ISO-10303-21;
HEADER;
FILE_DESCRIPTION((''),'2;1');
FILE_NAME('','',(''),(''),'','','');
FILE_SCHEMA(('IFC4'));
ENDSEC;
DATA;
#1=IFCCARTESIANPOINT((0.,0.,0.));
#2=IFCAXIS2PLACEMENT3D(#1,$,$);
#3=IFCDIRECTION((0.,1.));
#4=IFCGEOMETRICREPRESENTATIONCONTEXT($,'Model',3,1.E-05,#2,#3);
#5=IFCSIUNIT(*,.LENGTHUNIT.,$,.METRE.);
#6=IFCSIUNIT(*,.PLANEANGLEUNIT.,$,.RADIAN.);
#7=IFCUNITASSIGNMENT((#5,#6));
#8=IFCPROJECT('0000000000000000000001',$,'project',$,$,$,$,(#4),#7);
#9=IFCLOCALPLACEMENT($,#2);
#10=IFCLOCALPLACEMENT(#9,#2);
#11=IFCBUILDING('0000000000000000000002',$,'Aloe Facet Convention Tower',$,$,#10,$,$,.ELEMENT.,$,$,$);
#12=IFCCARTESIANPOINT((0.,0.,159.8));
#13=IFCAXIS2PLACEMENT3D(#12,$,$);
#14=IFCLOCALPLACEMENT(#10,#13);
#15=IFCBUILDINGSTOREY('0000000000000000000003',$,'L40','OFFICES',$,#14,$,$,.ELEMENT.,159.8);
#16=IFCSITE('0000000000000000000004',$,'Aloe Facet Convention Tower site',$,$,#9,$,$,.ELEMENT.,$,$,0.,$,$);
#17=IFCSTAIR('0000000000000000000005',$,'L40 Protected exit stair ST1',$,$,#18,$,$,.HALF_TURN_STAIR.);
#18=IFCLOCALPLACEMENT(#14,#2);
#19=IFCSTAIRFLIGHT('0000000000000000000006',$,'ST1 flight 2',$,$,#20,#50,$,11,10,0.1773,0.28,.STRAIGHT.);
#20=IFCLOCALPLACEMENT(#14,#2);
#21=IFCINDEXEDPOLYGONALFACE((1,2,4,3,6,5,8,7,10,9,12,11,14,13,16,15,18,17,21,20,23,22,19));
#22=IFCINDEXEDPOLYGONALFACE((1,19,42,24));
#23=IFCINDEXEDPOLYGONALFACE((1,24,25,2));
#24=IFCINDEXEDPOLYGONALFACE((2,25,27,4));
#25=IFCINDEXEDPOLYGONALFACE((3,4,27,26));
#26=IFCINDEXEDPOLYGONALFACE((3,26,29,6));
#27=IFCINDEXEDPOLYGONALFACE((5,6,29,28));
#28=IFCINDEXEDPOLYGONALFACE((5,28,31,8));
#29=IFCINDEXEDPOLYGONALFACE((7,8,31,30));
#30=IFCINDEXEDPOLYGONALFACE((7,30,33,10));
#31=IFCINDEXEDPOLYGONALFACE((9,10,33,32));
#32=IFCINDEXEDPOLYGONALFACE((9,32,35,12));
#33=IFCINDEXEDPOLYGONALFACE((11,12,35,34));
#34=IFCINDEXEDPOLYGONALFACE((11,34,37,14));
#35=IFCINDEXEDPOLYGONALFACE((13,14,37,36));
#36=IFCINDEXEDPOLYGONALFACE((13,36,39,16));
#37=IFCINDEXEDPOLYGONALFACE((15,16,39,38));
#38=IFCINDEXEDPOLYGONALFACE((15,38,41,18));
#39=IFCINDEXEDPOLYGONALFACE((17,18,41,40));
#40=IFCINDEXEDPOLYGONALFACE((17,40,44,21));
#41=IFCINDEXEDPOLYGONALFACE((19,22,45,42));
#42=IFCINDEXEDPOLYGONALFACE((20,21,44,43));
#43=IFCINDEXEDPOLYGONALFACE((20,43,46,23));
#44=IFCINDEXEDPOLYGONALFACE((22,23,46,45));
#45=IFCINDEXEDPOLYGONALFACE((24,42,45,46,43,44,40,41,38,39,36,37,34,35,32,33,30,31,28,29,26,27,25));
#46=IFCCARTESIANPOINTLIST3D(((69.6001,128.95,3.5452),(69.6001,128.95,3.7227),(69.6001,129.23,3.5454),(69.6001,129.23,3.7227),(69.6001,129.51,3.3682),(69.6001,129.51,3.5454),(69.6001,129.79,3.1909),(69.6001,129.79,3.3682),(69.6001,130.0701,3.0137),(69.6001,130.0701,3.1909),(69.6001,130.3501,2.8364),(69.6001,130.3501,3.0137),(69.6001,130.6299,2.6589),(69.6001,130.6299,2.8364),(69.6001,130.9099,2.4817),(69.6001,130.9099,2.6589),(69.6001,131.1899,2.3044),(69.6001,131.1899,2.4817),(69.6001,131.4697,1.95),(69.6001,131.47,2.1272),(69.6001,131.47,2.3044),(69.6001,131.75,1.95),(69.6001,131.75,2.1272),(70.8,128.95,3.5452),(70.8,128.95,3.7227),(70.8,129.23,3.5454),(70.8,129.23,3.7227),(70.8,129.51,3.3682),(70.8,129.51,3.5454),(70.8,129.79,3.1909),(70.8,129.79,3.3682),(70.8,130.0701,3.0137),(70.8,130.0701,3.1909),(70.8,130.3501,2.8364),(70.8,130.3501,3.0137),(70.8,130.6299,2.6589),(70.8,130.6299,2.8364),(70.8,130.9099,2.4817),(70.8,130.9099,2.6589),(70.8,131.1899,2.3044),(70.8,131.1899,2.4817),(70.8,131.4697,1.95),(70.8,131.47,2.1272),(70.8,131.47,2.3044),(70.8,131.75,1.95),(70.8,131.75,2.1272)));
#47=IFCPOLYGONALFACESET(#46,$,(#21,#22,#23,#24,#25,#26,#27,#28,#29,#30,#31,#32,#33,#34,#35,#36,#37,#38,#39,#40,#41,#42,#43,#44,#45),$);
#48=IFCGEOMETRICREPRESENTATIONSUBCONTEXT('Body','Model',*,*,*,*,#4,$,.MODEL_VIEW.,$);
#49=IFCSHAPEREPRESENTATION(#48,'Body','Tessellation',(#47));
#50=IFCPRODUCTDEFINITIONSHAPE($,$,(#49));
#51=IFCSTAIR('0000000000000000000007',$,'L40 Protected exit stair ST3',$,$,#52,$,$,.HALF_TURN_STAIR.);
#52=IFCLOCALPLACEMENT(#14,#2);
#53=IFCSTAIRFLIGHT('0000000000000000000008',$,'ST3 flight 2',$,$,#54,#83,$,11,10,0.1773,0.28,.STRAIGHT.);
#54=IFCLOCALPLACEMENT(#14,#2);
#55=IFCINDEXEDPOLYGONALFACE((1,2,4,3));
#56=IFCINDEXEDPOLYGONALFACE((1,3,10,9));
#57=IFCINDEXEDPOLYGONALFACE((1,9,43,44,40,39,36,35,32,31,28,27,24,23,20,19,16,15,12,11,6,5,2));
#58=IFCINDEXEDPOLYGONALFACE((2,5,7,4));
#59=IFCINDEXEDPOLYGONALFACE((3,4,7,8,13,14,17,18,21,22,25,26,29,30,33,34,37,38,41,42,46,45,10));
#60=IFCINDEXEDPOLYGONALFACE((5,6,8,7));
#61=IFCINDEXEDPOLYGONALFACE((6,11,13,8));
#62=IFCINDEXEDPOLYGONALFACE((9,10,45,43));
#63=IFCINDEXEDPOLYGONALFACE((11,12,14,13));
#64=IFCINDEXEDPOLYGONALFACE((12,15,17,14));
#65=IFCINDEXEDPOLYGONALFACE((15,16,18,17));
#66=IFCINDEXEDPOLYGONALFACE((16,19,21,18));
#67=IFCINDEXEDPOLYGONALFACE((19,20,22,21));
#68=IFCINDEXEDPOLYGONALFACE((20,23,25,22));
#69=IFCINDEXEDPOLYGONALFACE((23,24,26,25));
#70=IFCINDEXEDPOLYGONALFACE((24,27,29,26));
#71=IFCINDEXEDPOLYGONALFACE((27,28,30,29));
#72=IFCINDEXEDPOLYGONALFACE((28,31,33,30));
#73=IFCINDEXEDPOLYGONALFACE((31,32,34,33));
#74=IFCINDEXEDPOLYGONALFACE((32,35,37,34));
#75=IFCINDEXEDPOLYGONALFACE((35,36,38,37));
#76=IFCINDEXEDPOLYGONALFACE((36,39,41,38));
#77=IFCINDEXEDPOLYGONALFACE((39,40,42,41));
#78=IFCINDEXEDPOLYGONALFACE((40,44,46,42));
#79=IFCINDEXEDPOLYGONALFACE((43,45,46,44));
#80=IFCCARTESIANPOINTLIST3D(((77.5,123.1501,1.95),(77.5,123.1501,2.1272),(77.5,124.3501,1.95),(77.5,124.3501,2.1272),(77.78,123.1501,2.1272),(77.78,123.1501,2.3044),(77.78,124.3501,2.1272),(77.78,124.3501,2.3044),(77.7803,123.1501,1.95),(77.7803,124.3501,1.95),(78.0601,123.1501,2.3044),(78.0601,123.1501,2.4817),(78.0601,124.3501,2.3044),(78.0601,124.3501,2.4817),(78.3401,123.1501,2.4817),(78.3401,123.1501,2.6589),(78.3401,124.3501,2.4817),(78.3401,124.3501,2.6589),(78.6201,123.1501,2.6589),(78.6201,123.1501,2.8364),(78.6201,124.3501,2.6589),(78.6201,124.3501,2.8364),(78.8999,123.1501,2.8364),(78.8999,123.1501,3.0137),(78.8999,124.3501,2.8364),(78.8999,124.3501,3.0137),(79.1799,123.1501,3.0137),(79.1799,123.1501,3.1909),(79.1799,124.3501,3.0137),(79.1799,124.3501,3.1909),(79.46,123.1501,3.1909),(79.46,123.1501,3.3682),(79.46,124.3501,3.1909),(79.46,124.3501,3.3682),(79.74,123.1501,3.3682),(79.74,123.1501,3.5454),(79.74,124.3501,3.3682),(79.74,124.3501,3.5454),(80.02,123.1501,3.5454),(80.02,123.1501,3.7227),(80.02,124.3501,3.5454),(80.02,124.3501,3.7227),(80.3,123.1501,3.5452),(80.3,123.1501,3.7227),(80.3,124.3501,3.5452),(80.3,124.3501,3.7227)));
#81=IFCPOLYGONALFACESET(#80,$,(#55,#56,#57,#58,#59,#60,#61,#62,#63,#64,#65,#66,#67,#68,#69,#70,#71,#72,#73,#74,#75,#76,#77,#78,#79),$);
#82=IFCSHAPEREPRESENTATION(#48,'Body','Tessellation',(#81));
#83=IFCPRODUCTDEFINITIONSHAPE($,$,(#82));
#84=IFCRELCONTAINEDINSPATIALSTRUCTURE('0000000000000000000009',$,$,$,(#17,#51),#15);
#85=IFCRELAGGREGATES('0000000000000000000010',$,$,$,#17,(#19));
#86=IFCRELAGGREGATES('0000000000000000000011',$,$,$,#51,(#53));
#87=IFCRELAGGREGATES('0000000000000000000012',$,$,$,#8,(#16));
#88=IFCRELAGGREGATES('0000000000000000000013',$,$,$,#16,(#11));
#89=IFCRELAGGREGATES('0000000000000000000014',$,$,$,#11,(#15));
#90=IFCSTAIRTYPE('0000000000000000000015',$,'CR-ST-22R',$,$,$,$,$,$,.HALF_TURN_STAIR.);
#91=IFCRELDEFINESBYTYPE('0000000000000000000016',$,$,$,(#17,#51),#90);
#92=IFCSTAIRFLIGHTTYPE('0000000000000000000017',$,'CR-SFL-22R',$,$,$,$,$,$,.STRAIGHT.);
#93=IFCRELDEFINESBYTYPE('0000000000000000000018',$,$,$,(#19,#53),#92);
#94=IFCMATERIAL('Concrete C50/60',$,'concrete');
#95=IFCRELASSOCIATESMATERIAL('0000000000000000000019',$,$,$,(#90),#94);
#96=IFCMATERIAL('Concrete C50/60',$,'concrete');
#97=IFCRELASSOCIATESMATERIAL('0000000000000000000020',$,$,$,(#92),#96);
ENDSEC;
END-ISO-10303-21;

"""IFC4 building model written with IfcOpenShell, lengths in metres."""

from ifc_helpers import new_model, si_unit, direction, frame, origin, place, context, subcontext, project, spatial, polyline, outline, extrude, material, type_object, element, aggregate, save


model = new_model("IFC4")

# Units and contexts
model_context = context("Model", 3, precision=1e-05, world=origin(), true_north=direction((0.0, 1.0)))
body_context = subcontext(model_context, "Body", "Model", "MODEL_VIEW")
ifc_project = project(units=[si_unit("LENGTHUNIT", "METRE"), si_unit("PLANEANGLEUNIT", "RADIAN")], contexts=[model_context])

# Site, building, storey
site_placement = place(None, origin())
site = spatial("IfcSite", under=ifc_project, at=site_placement, Name="Aloe Facet Convention Tower site", CompositionType="ELEMENT", RefElevation=0.0)
building_placement = place(site_placement, origin())
building = spatial("IfcBuilding", under=site, at=building_placement, Name="Aloe Facet Convention Tower", CompositionType="ELEMENT")
storey_placement = place(building_placement, frame((0.0, 0.0, 159.8)))
storey = spatial("IfcBuildingStorey", under=building, at=storey_placement, Name="L40", Description="OFFICES", CompositionType="ELEMENT", Elevation=159.8)

# Stair, stair flight
ifc_material_1 = material(Name="Concrete C50/60", Category="concrete")
stair_type = type_object("IfcStairType", Name="CR-ST-22R", PredefinedType="HALF_TURN_STAIR", material=ifc_material_1)
stair_1_placement = place(storey_placement, origin())
stair_1 = element("IfcStair", 1, at=stair_1_placement, inside=storey, type_object=stair_type, Name="L40 Protected exit stair ST1", PredefinedType="HALF_TURN_STAIR")
ifc_material_2 = material(Name="Concrete C50/60", Category="concrete")
stair_flight_type = type_object("IfcStairFlightType", Name="CR-SFL-22R", PredefinedType="STRAIGHT", material=ifc_material_2)
stair_flight_1_placement = place(storey_placement, frame((70.2, 131.75, 1.95), z_axis=(0.0, 0.0, 1.0), x_axis=(0.0, -1.0, 0.0)))
stair_flight_1 = element("IfcStairFlight", 2, at=stair_flight_1_placement, type_object=stair_flight_type, Name="ST1 flight 2", NumberOfRisers=11, NumberOfTreads=10, PredefinedType="STRAIGHT", RiserHeight=0.1773, TreadLength=0.28, context=body_context, shape_type="SweptSolid", body=[
    extrude(outline(polyline([(0.0, 0.0), (0.0, 0.1772), (0.28, 0.1772), (0.28, 0.3545), (0.5601, 0.3545), (0.5601, 0.5317), (0.8401, 0.5317), (0.8401, 0.709), (1.1201, 0.709), (1.1201, 0.8865), (1.3999, 0.8865), (1.3999, 1.0637), (1.6799, 1.0637), (1.6799, 1.241), (1.96, 1.241), (1.96, 1.4182), (2.24, 1.4182), (2.24, 1.5955), (2.52, 1.5955), (2.52, 1.7727), (2.8, 1.7727), (2.8, 1.95), (2.8, 1.5952), (0.2803, 0.0), (0.0, 0.0)])), frame((0.0, 0.6001, 0.0), z_axis=(0.0, -1.0, 0.0), x_axis=(1.0, 0.0, 0.0)), (0.0, 0.0, 1.0), 1.2),
])
aggregate(stair_1, [stair_flight_1])

# Stair, stair flight
stair_2_placement = place(storey_placement, origin())
stair_2 = element("IfcStair", 3, at=stair_2_placement, inside=storey, type_object=stair_type, Name="L40 Protected exit stair ST3", PredefinedType="HALF_TURN_STAIR")
stair_flight_2_placement = place(storey_placement, frame((77.5, 123.75, 1.95), z_axis=(0.0, 0.0, 1.0), x_axis=(1.0, 0.0, 0.0)))
stair_flight_2 = element("IfcStairFlight", 4, at=stair_flight_2_placement, type_object=stair_flight_type, Name="ST3 flight 2", NumberOfRisers=11, NumberOfTreads=10, PredefinedType="STRAIGHT", RiserHeight=0.1773, TreadLength=0.28, context=body_context, shape_type="SweptSolid", body=[
    extrude(outline(polyline([(0.0, 0.0), (0.0, 0.1772), (0.28, 0.1772), (0.28, 0.3545), (0.5601, 0.3545), (0.5601, 0.5317), (0.8401, 0.5317), (0.8401, 0.709), (1.1201, 0.709), (1.1201, 0.8865), (1.3999, 0.8865), (1.3999, 1.0637), (1.6799, 1.0637), (1.6799, 1.241), (1.96, 1.241), (1.96, 1.4182), (2.24, 1.4182), (2.24, 1.5955), (2.52, 1.5955), (2.52, 1.7727), (2.8, 1.7727), (2.8, 1.95), (2.8, 1.5952), (0.2803, 0.0), (0.0, 0.0)])), frame((0.0, 0.6001, 0.0), z_axis=(0.0, -1.0, 0.0), x_axis=(1.0, 0.0, 0.0)), (0.0, 0.0, 1.0), 1.2),
])
aggregate(stair_2, [stair_flight_2])

save(model, "model.ifc")
